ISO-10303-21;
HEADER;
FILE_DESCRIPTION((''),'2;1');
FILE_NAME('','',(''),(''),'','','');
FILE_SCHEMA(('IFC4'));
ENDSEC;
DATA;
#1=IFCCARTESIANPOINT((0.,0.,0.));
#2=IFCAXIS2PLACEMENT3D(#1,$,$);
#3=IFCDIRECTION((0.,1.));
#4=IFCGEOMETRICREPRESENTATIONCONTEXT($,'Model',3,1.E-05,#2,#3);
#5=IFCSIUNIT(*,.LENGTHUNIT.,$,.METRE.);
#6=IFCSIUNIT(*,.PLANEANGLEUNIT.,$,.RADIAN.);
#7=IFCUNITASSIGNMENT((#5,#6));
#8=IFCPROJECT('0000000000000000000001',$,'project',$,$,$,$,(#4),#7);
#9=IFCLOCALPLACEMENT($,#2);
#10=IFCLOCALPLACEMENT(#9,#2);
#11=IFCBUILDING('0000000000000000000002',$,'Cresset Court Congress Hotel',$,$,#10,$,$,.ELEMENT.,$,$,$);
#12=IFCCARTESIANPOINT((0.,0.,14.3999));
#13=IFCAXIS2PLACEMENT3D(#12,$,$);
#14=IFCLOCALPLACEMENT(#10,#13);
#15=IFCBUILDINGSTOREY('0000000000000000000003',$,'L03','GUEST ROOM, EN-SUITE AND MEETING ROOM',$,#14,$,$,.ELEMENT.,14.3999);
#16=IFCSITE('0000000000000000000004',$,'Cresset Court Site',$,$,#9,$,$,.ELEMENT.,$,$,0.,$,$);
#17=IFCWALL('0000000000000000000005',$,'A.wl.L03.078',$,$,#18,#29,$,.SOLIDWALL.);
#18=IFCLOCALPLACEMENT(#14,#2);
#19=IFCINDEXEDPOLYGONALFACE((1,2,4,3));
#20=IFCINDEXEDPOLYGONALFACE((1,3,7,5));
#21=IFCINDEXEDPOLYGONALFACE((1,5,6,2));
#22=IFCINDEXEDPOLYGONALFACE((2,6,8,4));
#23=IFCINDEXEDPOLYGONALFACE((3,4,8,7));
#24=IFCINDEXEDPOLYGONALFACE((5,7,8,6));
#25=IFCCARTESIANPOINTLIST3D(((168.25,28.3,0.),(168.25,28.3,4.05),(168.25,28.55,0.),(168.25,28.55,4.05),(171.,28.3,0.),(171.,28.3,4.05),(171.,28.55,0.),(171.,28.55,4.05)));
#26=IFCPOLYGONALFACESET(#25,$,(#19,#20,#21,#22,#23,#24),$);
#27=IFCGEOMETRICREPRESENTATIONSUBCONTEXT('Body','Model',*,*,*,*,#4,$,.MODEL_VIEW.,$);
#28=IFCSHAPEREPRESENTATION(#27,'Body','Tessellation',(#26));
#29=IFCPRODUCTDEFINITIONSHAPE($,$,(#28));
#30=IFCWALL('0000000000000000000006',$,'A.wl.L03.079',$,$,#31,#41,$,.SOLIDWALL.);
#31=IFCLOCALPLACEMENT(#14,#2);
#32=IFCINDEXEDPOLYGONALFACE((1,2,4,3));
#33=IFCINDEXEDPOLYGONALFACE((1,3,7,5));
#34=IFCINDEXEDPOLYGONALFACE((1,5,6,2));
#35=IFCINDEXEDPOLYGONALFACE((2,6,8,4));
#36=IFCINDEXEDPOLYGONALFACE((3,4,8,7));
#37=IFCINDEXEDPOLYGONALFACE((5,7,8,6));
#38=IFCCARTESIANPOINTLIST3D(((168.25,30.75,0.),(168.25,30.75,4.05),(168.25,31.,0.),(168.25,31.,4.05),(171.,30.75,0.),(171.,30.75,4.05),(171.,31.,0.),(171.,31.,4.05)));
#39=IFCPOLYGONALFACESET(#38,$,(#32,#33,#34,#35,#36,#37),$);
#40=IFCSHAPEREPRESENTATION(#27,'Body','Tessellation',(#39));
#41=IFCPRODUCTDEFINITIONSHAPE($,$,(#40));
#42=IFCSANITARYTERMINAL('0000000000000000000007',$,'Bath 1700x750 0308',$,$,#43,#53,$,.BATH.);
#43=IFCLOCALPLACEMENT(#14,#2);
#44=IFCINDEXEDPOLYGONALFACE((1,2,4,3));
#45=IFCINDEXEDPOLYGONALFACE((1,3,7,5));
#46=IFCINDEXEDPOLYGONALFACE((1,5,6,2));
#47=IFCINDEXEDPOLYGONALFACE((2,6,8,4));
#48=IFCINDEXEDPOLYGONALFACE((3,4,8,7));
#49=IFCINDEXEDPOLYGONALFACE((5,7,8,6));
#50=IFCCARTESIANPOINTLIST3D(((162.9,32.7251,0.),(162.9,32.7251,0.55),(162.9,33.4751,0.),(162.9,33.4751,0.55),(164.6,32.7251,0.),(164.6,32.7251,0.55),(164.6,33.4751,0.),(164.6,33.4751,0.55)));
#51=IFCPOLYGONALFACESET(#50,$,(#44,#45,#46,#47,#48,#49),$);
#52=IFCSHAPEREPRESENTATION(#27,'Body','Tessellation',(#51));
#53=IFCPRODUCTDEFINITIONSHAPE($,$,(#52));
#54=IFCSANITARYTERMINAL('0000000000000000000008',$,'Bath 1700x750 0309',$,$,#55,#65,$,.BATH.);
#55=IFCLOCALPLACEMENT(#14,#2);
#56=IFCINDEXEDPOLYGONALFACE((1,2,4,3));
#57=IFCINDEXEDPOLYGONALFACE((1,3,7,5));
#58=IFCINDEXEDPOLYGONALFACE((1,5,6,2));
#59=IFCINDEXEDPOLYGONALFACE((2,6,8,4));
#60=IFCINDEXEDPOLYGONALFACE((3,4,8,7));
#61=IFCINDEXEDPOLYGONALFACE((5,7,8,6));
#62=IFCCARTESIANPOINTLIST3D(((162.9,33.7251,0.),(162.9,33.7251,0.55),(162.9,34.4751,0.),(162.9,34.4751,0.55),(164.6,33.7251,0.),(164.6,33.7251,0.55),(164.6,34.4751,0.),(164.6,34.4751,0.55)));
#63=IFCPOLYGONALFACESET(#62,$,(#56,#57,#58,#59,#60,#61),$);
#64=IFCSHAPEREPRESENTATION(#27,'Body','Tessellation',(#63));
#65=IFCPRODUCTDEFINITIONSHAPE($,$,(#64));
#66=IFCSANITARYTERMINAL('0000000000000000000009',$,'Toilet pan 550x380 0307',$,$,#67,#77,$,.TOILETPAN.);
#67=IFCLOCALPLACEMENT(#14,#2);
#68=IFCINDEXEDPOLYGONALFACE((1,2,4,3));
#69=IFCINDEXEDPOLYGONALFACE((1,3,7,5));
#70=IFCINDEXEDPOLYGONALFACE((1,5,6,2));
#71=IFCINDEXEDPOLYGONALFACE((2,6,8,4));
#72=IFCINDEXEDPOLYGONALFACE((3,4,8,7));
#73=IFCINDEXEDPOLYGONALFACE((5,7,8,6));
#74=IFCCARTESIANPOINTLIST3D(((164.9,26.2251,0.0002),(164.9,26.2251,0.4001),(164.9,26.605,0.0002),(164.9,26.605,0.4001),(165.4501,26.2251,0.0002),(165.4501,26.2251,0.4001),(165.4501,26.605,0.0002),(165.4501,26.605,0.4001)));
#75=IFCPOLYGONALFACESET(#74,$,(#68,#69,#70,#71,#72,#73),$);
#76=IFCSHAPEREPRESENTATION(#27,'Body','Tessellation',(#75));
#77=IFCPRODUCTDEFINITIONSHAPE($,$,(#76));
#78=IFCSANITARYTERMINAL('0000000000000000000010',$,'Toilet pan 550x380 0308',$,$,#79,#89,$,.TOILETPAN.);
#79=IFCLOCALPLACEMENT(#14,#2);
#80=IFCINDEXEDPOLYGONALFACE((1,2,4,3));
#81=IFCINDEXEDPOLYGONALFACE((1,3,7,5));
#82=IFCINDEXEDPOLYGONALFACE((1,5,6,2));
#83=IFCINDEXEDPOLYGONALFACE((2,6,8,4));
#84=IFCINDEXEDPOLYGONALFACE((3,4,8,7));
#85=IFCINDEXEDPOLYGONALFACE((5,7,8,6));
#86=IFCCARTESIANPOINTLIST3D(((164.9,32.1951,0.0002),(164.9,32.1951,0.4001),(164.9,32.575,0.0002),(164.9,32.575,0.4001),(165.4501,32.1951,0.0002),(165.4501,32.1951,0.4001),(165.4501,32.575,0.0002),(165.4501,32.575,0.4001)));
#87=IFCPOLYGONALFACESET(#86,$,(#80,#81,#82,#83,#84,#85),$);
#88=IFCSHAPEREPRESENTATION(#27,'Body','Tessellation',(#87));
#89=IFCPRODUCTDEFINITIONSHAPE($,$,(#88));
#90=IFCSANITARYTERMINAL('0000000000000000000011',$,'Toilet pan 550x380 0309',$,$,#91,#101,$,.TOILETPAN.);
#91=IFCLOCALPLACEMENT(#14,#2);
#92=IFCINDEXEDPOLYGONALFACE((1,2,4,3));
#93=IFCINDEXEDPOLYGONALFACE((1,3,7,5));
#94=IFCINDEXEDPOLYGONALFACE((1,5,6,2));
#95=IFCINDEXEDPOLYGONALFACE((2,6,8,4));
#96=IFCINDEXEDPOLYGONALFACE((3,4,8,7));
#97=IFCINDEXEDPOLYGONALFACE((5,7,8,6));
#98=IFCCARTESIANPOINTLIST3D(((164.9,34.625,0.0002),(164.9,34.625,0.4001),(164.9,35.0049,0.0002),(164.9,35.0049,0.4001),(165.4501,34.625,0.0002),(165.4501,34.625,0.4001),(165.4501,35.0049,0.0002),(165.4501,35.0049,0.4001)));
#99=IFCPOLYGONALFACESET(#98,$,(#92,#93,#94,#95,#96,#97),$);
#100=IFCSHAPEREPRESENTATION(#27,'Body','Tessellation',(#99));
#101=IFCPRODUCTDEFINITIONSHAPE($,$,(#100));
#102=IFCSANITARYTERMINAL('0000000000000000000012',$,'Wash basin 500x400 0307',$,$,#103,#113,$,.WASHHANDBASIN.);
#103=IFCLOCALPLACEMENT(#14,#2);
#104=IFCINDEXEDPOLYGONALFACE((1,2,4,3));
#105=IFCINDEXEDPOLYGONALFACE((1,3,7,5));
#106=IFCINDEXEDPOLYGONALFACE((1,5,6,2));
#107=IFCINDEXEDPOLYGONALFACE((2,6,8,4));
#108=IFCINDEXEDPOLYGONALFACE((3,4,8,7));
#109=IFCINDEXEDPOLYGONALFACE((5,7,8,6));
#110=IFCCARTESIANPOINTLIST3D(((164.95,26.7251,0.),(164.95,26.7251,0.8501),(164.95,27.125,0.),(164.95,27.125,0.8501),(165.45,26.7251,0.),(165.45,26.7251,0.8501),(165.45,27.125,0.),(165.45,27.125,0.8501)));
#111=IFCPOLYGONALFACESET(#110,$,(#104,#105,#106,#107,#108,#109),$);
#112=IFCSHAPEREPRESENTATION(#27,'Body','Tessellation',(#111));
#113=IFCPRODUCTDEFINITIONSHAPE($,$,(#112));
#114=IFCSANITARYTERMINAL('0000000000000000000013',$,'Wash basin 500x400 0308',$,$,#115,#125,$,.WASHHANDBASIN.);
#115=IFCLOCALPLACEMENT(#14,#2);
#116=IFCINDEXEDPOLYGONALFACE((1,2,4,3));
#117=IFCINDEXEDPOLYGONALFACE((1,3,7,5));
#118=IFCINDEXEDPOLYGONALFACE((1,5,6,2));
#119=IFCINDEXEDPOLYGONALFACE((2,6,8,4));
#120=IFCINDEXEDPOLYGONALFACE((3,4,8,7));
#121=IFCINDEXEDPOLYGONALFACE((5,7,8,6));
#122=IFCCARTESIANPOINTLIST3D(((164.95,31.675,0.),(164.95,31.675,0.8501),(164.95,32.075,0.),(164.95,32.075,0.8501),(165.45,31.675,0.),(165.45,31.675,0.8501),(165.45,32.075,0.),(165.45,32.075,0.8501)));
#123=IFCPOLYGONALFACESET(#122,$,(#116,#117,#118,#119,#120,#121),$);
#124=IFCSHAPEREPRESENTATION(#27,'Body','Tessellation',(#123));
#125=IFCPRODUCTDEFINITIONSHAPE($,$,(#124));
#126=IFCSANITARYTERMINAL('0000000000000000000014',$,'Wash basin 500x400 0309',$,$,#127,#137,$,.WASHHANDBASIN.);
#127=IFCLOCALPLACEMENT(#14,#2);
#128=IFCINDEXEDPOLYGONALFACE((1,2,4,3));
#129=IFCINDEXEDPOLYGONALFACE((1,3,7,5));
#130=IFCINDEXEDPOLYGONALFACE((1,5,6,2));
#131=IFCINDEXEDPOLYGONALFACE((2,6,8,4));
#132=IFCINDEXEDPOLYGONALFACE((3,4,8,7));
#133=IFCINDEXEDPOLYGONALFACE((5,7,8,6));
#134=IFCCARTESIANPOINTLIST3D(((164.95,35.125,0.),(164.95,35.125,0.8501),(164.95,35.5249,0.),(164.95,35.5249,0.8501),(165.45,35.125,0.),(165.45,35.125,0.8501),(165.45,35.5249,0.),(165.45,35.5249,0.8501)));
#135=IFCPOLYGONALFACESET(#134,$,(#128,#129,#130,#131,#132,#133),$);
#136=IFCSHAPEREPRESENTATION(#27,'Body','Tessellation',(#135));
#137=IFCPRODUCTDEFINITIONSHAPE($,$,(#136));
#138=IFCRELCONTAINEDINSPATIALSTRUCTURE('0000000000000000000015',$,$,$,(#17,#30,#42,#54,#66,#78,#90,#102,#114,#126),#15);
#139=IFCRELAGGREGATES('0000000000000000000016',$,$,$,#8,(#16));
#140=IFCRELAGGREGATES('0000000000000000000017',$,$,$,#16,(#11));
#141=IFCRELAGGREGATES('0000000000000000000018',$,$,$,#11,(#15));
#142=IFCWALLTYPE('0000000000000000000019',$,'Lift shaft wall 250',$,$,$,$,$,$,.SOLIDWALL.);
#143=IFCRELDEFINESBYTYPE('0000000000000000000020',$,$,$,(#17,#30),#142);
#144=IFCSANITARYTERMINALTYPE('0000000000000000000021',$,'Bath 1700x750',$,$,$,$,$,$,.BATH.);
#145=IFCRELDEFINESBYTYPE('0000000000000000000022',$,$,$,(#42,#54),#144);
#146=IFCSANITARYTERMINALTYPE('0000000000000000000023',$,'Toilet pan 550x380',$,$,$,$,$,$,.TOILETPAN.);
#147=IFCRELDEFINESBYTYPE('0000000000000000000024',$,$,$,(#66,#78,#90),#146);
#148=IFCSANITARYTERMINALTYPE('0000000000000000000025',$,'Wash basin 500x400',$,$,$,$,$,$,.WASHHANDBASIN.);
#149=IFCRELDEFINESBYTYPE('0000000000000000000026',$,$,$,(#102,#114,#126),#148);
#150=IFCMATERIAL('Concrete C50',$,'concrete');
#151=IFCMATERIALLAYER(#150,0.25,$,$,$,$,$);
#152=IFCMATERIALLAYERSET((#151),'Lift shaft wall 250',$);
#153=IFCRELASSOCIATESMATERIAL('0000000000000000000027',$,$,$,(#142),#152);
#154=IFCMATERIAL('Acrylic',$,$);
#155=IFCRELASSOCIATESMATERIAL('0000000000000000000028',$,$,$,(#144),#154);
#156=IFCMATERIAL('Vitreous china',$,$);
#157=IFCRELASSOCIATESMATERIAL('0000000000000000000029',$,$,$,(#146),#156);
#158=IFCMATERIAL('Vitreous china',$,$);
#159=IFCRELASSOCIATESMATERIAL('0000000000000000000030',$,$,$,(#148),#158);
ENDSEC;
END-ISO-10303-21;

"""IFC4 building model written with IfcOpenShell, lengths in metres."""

from ifc_helpers import new_model, si_unit, direction, frame, frame_2d, origin, origin_2d, place, context, subcontext, project, spatial, rectangle, extrude, material, layer, layer_set, type_object, element, save


model = new_model("IFC4")

# Units and contexts
model_context = context("Model", 3, precision=1e-05, world=origin(), true_north=direction((0.0, 1.0)))
body_context = subcontext(model_context, "Body", "Model", "MODEL_VIEW")
ifc_project = project(units=[si_unit("LENGTHUNIT", "METRE"), si_unit("PLANEANGLEUNIT", "RADIAN")], contexts=[model_context])

# Site, building, storey
site_placement = place(None, origin())
site = spatial("IfcSite", under=ifc_project, at=site_placement, Name="Cresset Court Site", CompositionType="ELEMENT", RefElevation=0.0)
building_placement = place(site_placement, origin())
building = spatial("IfcBuilding", under=site, at=building_placement, Name="Cresset Court Congress Hotel", CompositionType="ELEMENT")
storey_placement = place(building_placement, frame((0.0, 0.0, 14.3999)))
storey = spatial("IfcBuildingStorey", under=building, at=storey_placement, Name="L03", Description="GUEST ROOM, EN-SUITE AND MEETING ROOM", CompositionType="ELEMENT", Elevation=14.3999)

# Walls
ifc_material_1 = material(Name="Concrete C50", Category="concrete")
ifc_layer_1 = layer(ifc_material_1, 0.25)
ifc_layer_set_1 = layer_set([ifc_layer_1], Name="Lift shaft wall 250")
wall_type_1 = type_object("IfcWallType", Name="Lift shaft wall 250", PredefinedType="SOLIDWALL", material=ifc_layer_set_1)
for number, where, z_axis, x_axis, name in (
    (1, (168.25, 28.425, 0.0), (0.0, 0.0, 1.0), (1.0, 0.0, 0.0), "A.wl.L03.078"),
    (2, (168.25, 30.875, 0.0), (0.0, 0.0, 1.0), (1.0, 0.0, 0.0), "A.wl.L03.079"),
):
    element("IfcWall", number, at=place(storey_placement, frame(where, z_axis=z_axis, x_axis=x_axis)), inside=storey, type_object=wall_type_1, Name=name, PredefinedType="SOLIDWALL", context=body_context, shape_type="SweptSolid", body=[
        extrude(rectangle(XDim=2.75, YDim=0.25, at=frame_2d((1.375, 0.0))), origin(), (0.0, 0.0, 1.0), 4.05),
    ])

# Sanitary terminals
ifc_material_2 = material(Name="Acrylic")
sanitary_terminal_type_1 = type_object("IfcSanitaryTerminalType", Name="Bath 1700x750", PredefinedType="BATH", material=ifc_material_2)
for number, where, z_axis, x_axis, name in (
    (3, (163.75, 33.1001, 0.0), (0.0, 0.0, 1.0), (1.0, 0.0, 0.0), "Bath 1700x750 0308"),
    (4, (163.75, 34.1001, 0.0), (0.0, 0.0, 1.0), (1.0, 0.0, 0.0), "Bath 1700x750 0309"),
):
    element("IfcSanitaryTerminal", number, at=place(storey_placement, frame(where, z_axis=z_axis, x_axis=x_axis)), inside=storey, type_object=sanitary_terminal_type_1, Name=name, PredefinedType="BATH", context=body_context, shape_type="SweptSolid", body=[
        extrude(rectangle(XDim=1.7, YDim=0.75, at=origin_2d()), origin(), (0.0, 0.0, 1.0), 0.55),
    ])
ifc_material_3 = material(Name="Vitreous china")
sanitary_terminal_type_2 = type_object("IfcSanitaryTerminalType", Name="Toilet pan 550x380", PredefinedType="TOILETPAN", material=ifc_material_3)
for number, where, z_axis, x_axis, name in (
    (5, (165.175, 26.415, 0.0002), (0.0, 0.0, 1.0), (1.0, 0.0, 0.0), "Toilet pan 550x380 0307"),
    (6, (165.175, 32.385, 0.0002), (0.0, 0.0, 1.0), (1.0, 0.0, 0.0), "Toilet pan 550x380 0308"),
    (7, (165.175, 34.8149, 0.0002), (0.0, 0.0, 1.0), (1.0, 0.0, 0.0), "Toilet pan 550x380 0309"),
):
    element("IfcSanitaryTerminal", number, at=place(storey_placement, frame(where, z_axis=z_axis, x_axis=x_axis)), inside=storey, type_object=sanitary_terminal_type_2, Name=name, PredefinedType="TOILETPAN", context=body_context, shape_type="SweptSolid", body=[
        extrude(rectangle(XDim=0.55, YDim=0.3799, at=origin_2d()), origin(), (0.0, 0.0, 1.0), 0.3999),
    ])
ifc_material_4 = material(Name="Vitreous china")
sanitary_terminal_type_3 = type_object("IfcSanitaryTerminalType", Name="Wash basin 500x400", PredefinedType="WASHHANDBASIN", material=ifc_material_4)
for number, where, z_axis, x_axis, name in (
    (8, (165.2, 26.925, 0.0), (0.0, 0.0, 1.0), (1.0, 0.0, 0.0), "Wash basin 500x400 0307"),
    (9, (165.2, 31.875, 0.0), (0.0, 0.0, 1.0), (1.0, 0.0, 0.0), "Wash basin 500x400 0308"),
    (10, (165.2, 35.325, 0.0), (0.0, 0.0, 1.0), (1.0, 0.0, 0.0), "Wash basin 500x400 0309"),
):
    element("IfcSanitaryTerminal", number, at=place(storey_placement, frame(where, z_axis=z_axis, x_axis=x_axis)), inside=storey, type_object=sanitary_terminal_type_3, Name=name, PredefinedType="WASHHANDBASIN", context=body_context, shape_type="SweptSolid", body=[
        extrude(rectangle(XDim=0.5, YDim=0.3999, at=origin_2d()), origin(), (0.0, 0.0, 1.0), 0.8501),
    ])

save(model, "model.ifc")
